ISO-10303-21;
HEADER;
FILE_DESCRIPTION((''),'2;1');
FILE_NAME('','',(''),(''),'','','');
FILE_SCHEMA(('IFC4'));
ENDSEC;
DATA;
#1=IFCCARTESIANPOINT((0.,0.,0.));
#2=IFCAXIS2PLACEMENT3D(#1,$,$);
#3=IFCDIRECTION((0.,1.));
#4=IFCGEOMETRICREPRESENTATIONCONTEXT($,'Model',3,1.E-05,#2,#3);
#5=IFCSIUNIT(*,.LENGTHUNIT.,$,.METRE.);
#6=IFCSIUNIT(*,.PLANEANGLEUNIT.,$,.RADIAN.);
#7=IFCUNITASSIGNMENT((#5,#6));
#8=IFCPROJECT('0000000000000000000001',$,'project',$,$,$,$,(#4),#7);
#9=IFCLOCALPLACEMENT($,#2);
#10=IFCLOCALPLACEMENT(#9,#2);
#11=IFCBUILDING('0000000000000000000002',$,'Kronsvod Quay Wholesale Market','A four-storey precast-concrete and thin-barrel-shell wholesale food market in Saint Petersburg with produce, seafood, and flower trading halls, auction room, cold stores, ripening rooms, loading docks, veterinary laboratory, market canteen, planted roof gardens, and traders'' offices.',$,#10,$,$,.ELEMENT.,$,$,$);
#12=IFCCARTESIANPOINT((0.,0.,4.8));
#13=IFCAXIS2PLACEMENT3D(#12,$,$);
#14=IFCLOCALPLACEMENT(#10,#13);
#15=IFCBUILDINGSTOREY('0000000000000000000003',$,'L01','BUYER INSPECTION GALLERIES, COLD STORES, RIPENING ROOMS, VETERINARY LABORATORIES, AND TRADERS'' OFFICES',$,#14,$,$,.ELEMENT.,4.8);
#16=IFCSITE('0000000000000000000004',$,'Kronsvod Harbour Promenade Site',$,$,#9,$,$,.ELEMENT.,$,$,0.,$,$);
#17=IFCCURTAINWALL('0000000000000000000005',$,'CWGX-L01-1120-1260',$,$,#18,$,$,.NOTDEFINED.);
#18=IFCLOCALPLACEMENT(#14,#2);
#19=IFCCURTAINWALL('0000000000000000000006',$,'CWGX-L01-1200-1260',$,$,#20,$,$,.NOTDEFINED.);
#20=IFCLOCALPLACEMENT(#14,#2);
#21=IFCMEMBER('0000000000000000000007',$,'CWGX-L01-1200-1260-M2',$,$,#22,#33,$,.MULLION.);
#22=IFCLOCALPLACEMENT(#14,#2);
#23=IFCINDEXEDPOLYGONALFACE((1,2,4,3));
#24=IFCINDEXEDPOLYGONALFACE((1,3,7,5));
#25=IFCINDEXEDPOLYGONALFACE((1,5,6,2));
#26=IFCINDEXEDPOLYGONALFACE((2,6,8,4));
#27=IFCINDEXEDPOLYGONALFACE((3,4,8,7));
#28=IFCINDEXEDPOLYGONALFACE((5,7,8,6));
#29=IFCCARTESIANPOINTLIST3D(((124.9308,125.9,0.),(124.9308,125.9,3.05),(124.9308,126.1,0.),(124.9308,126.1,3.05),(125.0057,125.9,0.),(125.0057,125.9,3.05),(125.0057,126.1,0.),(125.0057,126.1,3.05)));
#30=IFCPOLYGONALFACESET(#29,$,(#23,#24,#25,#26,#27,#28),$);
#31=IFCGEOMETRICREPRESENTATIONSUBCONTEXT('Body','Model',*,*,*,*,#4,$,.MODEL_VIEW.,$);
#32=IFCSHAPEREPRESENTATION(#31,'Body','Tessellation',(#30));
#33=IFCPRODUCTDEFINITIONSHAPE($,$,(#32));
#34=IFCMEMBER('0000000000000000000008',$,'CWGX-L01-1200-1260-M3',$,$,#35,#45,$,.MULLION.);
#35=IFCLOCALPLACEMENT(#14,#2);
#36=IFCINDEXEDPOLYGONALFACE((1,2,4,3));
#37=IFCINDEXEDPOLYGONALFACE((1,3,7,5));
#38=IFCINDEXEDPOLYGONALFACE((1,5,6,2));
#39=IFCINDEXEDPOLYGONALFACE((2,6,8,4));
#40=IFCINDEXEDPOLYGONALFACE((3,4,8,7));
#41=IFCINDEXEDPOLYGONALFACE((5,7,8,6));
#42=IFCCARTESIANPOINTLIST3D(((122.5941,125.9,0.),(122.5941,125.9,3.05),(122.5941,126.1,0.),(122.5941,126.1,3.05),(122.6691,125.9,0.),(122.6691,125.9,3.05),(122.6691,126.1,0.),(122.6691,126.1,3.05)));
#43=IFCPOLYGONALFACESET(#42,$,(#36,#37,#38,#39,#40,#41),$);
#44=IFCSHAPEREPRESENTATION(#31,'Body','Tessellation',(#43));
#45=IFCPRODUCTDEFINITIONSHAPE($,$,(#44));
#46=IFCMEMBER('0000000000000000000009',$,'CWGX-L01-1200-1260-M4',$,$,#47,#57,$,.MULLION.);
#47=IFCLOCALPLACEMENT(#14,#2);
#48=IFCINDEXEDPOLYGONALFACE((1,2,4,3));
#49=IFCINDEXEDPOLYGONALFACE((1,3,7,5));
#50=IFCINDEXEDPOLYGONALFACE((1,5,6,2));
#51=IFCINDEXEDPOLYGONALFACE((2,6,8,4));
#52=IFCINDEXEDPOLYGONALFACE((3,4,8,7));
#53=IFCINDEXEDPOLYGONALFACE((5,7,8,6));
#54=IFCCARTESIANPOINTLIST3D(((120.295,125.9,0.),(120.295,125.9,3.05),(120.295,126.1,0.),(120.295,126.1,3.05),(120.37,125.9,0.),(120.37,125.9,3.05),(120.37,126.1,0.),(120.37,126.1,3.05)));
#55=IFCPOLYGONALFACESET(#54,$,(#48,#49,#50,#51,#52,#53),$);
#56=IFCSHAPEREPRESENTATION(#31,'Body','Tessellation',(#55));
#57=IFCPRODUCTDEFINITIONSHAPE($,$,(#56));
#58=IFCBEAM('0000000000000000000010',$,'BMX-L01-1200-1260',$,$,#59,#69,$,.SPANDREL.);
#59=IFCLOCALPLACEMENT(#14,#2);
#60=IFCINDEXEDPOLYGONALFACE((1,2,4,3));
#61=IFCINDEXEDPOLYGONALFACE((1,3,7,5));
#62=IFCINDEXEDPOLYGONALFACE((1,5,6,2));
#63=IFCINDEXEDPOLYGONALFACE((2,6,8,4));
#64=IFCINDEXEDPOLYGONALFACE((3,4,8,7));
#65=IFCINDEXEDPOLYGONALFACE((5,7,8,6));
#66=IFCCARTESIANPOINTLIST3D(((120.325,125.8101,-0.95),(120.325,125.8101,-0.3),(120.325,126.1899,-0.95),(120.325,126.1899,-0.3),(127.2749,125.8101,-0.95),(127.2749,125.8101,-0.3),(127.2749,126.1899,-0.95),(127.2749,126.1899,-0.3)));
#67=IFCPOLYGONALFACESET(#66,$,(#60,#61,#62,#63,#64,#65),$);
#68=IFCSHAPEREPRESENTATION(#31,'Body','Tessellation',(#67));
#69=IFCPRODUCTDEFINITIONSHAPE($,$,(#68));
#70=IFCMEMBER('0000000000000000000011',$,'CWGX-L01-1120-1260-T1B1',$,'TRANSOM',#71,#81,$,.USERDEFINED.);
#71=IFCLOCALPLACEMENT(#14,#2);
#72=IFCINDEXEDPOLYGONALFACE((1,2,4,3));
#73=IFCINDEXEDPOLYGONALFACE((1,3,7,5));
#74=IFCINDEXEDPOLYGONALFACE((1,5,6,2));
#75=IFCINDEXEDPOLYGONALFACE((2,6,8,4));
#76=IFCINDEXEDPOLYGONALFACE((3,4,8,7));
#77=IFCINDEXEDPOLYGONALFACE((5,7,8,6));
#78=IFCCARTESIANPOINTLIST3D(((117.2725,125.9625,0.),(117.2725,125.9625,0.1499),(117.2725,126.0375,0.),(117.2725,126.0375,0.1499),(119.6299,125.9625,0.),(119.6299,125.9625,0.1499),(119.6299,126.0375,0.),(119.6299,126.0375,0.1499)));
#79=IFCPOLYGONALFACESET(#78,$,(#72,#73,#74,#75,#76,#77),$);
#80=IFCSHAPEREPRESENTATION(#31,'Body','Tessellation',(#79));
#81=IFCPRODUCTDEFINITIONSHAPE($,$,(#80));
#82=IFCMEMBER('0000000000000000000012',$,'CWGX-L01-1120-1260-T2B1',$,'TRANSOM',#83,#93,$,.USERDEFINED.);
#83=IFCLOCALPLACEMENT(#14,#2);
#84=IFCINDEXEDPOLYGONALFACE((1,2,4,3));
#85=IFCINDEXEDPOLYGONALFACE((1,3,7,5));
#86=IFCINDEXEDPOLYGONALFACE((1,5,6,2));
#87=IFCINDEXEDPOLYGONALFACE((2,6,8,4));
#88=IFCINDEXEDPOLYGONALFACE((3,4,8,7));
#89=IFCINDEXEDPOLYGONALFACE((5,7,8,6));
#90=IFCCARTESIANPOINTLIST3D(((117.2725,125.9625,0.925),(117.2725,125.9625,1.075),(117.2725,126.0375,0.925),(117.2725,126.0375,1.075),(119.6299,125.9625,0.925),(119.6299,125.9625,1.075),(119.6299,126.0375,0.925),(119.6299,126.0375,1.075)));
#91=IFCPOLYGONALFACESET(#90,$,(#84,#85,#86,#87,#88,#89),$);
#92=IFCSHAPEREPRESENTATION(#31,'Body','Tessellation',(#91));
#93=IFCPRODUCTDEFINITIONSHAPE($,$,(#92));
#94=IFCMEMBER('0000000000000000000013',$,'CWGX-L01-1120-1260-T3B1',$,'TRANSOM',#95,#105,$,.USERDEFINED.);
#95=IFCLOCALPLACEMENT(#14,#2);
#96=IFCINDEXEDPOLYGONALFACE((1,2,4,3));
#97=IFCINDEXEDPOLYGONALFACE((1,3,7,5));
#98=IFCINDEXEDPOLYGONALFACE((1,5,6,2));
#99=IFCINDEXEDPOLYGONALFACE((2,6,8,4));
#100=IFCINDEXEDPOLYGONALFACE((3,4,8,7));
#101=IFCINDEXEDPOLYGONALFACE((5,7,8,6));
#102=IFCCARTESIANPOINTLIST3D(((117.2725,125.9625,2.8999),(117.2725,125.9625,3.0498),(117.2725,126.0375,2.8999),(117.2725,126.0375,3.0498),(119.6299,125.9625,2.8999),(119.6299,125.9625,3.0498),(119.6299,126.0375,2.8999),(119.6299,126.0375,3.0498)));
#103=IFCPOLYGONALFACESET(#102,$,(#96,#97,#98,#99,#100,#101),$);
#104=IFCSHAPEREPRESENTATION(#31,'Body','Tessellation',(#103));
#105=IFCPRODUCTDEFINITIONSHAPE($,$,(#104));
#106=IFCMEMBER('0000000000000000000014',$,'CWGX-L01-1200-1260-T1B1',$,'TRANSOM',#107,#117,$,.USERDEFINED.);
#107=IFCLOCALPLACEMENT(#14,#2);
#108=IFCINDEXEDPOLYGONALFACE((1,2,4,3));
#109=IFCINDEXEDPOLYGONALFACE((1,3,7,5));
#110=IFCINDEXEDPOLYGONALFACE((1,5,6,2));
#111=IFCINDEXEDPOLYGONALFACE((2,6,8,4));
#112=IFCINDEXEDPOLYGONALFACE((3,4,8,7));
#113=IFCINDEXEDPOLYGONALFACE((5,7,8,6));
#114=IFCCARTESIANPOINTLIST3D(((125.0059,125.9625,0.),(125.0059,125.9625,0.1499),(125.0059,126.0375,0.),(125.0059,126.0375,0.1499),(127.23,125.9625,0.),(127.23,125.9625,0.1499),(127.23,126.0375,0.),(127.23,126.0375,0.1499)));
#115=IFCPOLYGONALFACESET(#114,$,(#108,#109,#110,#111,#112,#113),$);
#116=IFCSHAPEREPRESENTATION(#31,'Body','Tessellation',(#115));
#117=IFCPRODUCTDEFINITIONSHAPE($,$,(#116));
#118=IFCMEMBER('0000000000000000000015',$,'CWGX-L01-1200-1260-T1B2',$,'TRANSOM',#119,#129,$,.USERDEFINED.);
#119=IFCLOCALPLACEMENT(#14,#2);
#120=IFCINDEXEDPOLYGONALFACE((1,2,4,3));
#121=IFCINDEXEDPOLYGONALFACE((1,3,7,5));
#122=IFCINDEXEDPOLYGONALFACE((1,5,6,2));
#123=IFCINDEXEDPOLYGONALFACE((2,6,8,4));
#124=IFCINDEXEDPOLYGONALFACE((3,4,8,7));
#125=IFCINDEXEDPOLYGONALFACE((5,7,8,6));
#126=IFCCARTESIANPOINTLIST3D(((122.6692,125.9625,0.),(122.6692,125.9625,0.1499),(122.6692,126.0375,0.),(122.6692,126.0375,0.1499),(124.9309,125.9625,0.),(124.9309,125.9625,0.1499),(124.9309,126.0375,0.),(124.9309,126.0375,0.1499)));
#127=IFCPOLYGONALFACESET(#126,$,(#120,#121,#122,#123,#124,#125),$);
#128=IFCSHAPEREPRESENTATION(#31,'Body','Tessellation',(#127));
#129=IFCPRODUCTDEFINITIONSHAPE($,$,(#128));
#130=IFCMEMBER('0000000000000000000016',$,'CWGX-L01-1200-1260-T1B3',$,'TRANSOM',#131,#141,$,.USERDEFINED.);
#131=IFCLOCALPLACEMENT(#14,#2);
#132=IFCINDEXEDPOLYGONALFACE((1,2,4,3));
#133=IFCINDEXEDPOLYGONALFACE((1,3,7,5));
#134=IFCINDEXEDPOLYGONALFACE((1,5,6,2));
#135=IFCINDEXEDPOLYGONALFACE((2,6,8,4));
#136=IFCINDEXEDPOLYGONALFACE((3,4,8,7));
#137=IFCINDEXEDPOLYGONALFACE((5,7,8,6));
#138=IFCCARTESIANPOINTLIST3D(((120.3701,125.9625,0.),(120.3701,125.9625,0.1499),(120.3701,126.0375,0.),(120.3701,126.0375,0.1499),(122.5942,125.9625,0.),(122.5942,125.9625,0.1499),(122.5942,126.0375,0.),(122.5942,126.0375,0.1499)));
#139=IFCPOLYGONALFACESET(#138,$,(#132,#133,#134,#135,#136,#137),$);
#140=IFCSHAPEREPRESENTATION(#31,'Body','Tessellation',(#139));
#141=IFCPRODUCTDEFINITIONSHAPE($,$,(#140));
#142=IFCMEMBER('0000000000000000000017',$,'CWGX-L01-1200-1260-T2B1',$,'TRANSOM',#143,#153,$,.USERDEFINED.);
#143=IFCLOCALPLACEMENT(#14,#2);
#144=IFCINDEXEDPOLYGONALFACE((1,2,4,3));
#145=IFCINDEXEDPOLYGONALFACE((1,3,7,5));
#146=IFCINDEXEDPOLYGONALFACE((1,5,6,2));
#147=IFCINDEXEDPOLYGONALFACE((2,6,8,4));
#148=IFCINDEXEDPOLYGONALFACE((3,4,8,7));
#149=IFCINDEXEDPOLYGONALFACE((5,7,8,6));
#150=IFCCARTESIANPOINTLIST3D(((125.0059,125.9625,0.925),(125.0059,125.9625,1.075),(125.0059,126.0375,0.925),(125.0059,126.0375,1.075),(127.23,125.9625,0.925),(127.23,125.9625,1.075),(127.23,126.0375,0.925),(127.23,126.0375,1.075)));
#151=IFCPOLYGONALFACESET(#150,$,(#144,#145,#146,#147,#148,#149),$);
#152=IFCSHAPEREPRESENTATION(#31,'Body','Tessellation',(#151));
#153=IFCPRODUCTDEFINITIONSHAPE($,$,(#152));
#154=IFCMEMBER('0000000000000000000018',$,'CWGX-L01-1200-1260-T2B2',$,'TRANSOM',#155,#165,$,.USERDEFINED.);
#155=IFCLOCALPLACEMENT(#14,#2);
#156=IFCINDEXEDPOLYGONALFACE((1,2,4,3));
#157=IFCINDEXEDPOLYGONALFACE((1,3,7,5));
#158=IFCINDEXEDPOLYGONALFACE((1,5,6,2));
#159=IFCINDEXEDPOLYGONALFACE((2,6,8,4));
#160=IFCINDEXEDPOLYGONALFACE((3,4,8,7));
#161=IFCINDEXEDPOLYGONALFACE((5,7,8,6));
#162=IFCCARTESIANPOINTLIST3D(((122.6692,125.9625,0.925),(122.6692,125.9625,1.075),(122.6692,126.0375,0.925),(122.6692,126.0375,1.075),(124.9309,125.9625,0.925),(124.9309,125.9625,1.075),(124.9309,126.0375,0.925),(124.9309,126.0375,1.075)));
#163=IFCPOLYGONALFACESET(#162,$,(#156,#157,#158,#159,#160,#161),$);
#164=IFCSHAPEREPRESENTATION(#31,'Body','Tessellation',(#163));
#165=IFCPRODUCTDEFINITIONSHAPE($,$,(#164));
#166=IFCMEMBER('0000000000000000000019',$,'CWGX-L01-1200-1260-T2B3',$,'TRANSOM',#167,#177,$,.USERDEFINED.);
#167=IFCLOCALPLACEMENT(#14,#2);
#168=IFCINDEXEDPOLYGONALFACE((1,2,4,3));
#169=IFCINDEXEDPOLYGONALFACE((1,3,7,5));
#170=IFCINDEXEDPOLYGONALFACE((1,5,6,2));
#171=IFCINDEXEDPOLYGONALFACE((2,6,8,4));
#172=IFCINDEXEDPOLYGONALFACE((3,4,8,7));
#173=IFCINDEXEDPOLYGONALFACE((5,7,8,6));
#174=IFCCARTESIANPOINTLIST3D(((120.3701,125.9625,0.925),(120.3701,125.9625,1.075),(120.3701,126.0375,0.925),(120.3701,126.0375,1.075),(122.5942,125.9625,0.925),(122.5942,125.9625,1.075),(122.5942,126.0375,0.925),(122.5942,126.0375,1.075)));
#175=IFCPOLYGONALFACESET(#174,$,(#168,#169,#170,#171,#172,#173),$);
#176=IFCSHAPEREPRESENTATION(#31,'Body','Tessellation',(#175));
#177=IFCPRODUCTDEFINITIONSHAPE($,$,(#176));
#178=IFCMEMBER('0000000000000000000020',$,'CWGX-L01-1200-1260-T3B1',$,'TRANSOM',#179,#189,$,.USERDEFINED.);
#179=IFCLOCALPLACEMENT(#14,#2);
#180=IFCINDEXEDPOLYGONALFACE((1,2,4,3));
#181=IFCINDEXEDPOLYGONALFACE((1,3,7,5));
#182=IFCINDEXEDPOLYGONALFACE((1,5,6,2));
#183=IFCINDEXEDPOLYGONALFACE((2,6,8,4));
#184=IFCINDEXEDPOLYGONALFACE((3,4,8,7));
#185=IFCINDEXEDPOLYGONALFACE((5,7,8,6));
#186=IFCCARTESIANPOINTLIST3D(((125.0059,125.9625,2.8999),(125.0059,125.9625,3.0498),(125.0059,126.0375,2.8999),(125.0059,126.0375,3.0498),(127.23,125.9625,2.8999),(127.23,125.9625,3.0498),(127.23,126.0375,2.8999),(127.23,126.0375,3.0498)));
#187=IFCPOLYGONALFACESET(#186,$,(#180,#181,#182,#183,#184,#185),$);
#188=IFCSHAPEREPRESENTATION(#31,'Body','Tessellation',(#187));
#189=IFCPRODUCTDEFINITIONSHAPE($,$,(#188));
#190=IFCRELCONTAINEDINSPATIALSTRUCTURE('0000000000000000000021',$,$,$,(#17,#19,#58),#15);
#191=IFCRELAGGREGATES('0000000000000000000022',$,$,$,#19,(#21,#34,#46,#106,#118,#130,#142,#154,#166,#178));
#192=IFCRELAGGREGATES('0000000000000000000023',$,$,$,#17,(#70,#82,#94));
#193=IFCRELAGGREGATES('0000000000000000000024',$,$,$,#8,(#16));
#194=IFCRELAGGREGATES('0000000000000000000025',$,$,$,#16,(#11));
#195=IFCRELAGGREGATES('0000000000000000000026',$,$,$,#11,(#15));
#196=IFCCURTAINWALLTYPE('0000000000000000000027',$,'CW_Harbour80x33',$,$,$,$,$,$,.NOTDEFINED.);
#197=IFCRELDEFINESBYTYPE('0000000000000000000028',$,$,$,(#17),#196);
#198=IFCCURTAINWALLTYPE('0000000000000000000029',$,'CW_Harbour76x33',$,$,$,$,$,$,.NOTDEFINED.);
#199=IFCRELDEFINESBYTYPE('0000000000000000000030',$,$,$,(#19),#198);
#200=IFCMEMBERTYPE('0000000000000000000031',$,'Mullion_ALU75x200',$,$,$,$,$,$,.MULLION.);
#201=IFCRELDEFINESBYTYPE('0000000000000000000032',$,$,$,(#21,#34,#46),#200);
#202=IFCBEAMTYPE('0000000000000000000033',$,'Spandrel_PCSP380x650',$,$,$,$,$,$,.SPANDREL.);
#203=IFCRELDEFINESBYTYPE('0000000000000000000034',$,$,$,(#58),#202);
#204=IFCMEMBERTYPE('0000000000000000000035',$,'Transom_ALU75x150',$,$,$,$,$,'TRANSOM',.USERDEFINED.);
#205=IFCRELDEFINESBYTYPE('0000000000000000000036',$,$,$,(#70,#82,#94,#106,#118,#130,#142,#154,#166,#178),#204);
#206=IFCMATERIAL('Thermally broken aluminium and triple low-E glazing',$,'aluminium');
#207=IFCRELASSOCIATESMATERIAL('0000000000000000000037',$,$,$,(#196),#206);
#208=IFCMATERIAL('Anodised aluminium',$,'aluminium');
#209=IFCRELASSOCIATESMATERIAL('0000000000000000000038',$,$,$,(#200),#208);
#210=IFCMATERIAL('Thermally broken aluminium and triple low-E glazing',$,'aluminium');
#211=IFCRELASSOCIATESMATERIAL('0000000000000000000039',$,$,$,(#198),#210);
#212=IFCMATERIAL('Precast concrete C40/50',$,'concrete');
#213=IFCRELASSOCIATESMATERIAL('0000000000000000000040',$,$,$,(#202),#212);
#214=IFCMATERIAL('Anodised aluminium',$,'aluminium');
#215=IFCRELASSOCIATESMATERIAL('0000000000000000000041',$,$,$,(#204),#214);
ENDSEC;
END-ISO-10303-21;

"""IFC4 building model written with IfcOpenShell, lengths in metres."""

from ifc_helpers import new_model, si_unit, direction, frame, origin, origin_2d, place, context, subcontext, project, spatial, rectangle, extrude, material, material_profile, profile_set, type_object, element, aggregate, save


model = new_model("IFC4")

# Units and contexts
model_context = context("Model", 3, precision=1e-05, world=origin(), true_north=direction((0.0, 1.0)))
body_context = subcontext(model_context, "Body", "Model", "MODEL_VIEW")
ifc_project = project(units=[si_unit("LENGTHUNIT", "METRE"), si_unit("PLANEANGLEUNIT", "RADIAN")], contexts=[model_context])

# Site, building, storey
site_placement = place(None, origin())
site = spatial("IfcSite", under=ifc_project, at=site_placement, Name="Kronsvod Harbour Promenade Site", CompositionType="ELEMENT", RefElevation=0.0)
building_placement = place(site_placement, origin())
building = spatial("IfcBuilding", under=site, at=building_placement, Name="Kronsvod Quay Wholesale Market", Description="A four-storey precast-concrete and thin-barrel-shell wholesale food market in Saint Petersburg with produce, seafood, and flower trading halls, auction room, cold stores, ripening rooms, loading docks, veterinary laboratory, market canteen, planted roof gardens, and traders' offices.", CompositionType="ELEMENT")
storey_placement = place(building_placement, frame((0.0, 0.0, 4.8)))
storey = spatial("IfcBuildingStorey", under=building, at=storey_placement, Name="L01", Description="BUYER INSPECTION GALLERIES, COLD STORES, RIPENING ROOMS, VETERINARY LABORATORIES, AND TRADERS' OFFICES", CompositionType="ELEMENT", Elevation=4.8)

# Curtain walls, members
ifc_material_1 = material(Name="Thermally broken aluminium and triple low-E glazing", Category="aluminium")
curtain_wall_type_1 = type_object("IfcCurtainWallType", Name="CW_Harbour80x33", PredefinedType="NOTDEFINED", material=ifc_material_1)
curtain_wall_1_placement = place(storey_placement, origin())
curtain_wall_1 = element("IfcCurtainWall", 1, at=curtain_wall_1_placement, inside=storey, type_object=curtain_wall_type_1, Name="CWGX-L01-1120-1260", PredefinedType="NOTDEFINED")
ifc_material_2 = material(Name="Anodised aluminium", Category="aluminium")
ifc_material_profile_1 = material_profile(ifc_material_2, rectangle(XDim=0.075, YDim=0.2, at=origin_2d()), Name="ALUM75x200")
ifc_profile_set_1 = profile_set([ifc_material_profile_1], Name="Anodised aluminium")
member_type_1 = type_object("IfcMemberType", Name="Mullion_ALU75x200", PredefinedType="MULLION", material=ifc_profile_set_1)
ifc_material_3 = material(Name="Thermally broken aluminium and triple low-E glazing", Category="aluminium")
curtain_wall_type_2 = type_object("IfcCurtainWallType", Name="CW_Harbour76x33", PredefinedType="NOTDEFINED", material=ifc_material_3)
curtain_wall_2_placement = place(storey_placement, origin())
curtain_wall_2 = element("IfcCurtainWall", 2, at=curtain_wall_2_placement, inside=storey, type_object=curtain_wall_type_2, Name="CWGX-L01-1200-1260", PredefinedType="NOTDEFINED")
member_1_placement = place(storey_placement, frame((124.9683, 126.0, 0.0), z_axis=(0.0, 0.0, 1.0), x_axis=(1.0, 0.0, 0.0)))
member_1 = element("IfcMember", 3, at=member_1_placement, type_object=member_type_1, Name="CWGX-L01-1200-1260-M2", PredefinedType="MULLION", context=body_context, shape_type="SweptSolid", body=[
    extrude(rectangle(XDim=0.075, YDim=0.2, at=origin_2d()), origin(), (0.0, 0.0, 1.0), 3.05),
])
member_2_placement = place(storey_placement, frame((122.6316, 126.0, 0.0), z_axis=(0.0, 0.0, 1.0), x_axis=(1.0, 0.0, 0.0)))
member_2 = element("IfcMember", 4, at=member_2_placement, type_object=member_type_1, Name="CWGX-L01-1200-1260-M3", PredefinedType="MULLION", context=body_context, shape_type="SweptSolid", body=[
    extrude(rectangle(XDim=0.075, YDim=0.2, at=origin_2d()), origin(), (0.0, 0.0, 1.0), 3.05),
])
member_3_placement = place(storey_placement, frame((120.3325, 126.0, 0.0), z_axis=(0.0, 0.0, 1.0), x_axis=(1.0, 0.0, 0.0)))
member_3 = element("IfcMember", 5, at=member_3_placement, type_object=member_type_1, Name="CWGX-L01-1200-1260-M4", PredefinedType="MULLION", context=body_context, shape_type="SweptSolid", body=[
    extrude(rectangle(XDim=0.075, YDim=0.2, at=origin_2d()), origin(), (0.0, 0.0, 1.0), 3.05),
])

# Beam
ifc_material_4 = material(Name="Precast concrete C40/50", Category="concrete")
ifc_material_profile_2 = material_profile(ifc_material_4, rectangle(XDim=0.3799, YDim=0.6499, at=origin_2d()), Name="SPB-03")
ifc_profile_set_2 = profile_set([ifc_material_profile_2], Name="Precast concrete C40/50")
beam_type_1 = type_object("IfcBeamType", Name="Spandrel_PCSP380x650", PredefinedType="SPANDREL", material=ifc_profile_set_2)
beam_1_placement = place(storey_placement, frame((120.325, 126.0, -0.625), z_axis=(1.0, 0.0, 0.0), x_axis=(0.0, 1.0, 0.0)))
element("IfcBeam", 6, at=beam_1_placement, inside=storey, type_object=beam_type_1, Name="BMX-L01-1200-1260", PredefinedType="SPANDREL", context=body_context, shape_type="SweptSolid", body=[
    extrude(rectangle(XDim=0.3799, YDim=0.6499, at=origin_2d()), origin(), (0.0, 0.0, 1.0), 6.95),
])

# Members
ifc_material_5 = material(Name="Anodised aluminium", Category="aluminium")
ifc_material_profile_3 = material_profile(ifc_material_5, rectangle(XDim=0.075, YDim=0.1499, at=origin_2d()), Name="ALUT75x150")
ifc_profile_set_3 = profile_set([ifc_material_profile_3], Name="Anodised aluminium")
member_type_2 = type_object("IfcMemberType", Name="Transom_ALU75x150", ElementType="TRANSOM", PredefinedType="USERDEFINED", material=ifc_profile_set_3)
member_4_placement = place(storey_placement, frame((119.6299, 126.0, 0.075), z_axis=(-1.0, 0.0, 0.0), x_axis=(0.0, -1.0, 0.0)))
member_4 = element("IfcMember", 7, at=member_4_placement, type_object=member_type_2, Name="CWGX-L01-1120-1260-T1B1", ObjectType="TRANSOM", PredefinedType="USERDEFINED", context=body_context, shape_type="SweptSolid", body=[
    extrude(rectangle(XDim=0.075, YDim=0.1499, at=origin_2d()), origin(), (0.0, 0.0, 1.0), 2.3574),
])
member_5_placement = place(storey_placement, frame((119.6299, 126.0, 1.0), z_axis=(-1.0, 0.0, 0.0), x_axis=(0.0, -1.0, 0.0)))
member_5 = element("IfcMember", 8, at=member_5_placement, type_object=member_type_2, Name="CWGX-L01-1120-1260-T2B1", ObjectType="TRANSOM", PredefinedType="USERDEFINED", context=body_context, shape_type="SweptSolid", body=[
    extrude(rectangle(XDim=0.075, YDim=0.1499, at=origin_2d()), origin(), (0.0, 0.0, 1.0), 2.3574),
])
member_6_placement = place(storey_placement, frame((119.6299, 126.0, 2.9749), z_axis=(-1.0, 0.0, 0.0), x_axis=(0.0, -1.0, 0.0)))
member_6 = element("IfcMember", 9, at=member_6_placement, type_object=member_type_2, Name="CWGX-L01-1120-1260-T3B1", ObjectType="TRANSOM", PredefinedType="USERDEFINED", context=body_context, shape_type="SweptSolid", body=[
    extrude(rectangle(XDim=0.075, YDim=0.1499, at=origin_2d()), origin(), (0.0, 0.0, 1.0), 2.3574),
])
member_7_placement = place(storey_placement, frame((127.23, 126.0, 0.075), z_axis=(-1.0, 0.0, 0.0), x_axis=(0.0, -1.0, 0.0)))
member_7 = element("IfcMember", 10, at=member_7_placement, type_object=member_type_2, Name="CWGX-L01-1200-1260-T1B1", ObjectType="TRANSOM", PredefinedType="USERDEFINED", context=body_context, shape_type="SweptSolid", body=[
    extrude(rectangle(XDim=0.075, YDim=0.1499, at=origin_2d()), origin(), (0.0, 0.0, 1.0), 2.2241),
])
member_8_placement = place(storey_placement, frame((124.9309, 126.0, 0.075), z_axis=(-1.0, 0.0, 0.0), x_axis=(0.0, -1.0, 0.0)))
member_8 = element("IfcMember", 11, at=member_8_placement, type_object=member_type_2, Name="CWGX-L01-1200-1260-T1B2", ObjectType="TRANSOM", PredefinedType="USERDEFINED", context=body_context, shape_type="SweptSolid", body=[
    extrude(rectangle(XDim=0.075, YDim=0.1499, at=origin_2d()), origin(), (0.0, 0.0, 1.0), 2.2617),
])
member_9_placement = place(storey_placement, frame((122.5942, 126.0, 0.075), z_axis=(-1.0, 0.0, 0.0), x_axis=(0.0, -1.0, 0.0)))
member_9 = element("IfcMember", 12, at=member_9_placement, type_object=member_type_2, Name="CWGX-L01-1200-1260-T1B3", ObjectType="TRANSOM", PredefinedType="USERDEFINED", context=body_context, shape_type="SweptSolid", body=[
    extrude(rectangle(XDim=0.075, YDim=0.1499, at=origin_2d()), origin(), (0.0, 0.0, 1.0), 2.2241),
])
member_10_placement = place(storey_placement, frame((127.23, 126.0, 1.0), z_axis=(-1.0, 0.0, 0.0), x_axis=(0.0, -1.0, 0.0)))
member_10 = element("IfcMember", 13, at=member_10_placement, type_object=member_type_2, Name="CWGX-L01-1200-1260-T2B1", ObjectType="TRANSOM", PredefinedType="USERDEFINED", context=body_context, shape_type="SweptSolid", body=[
    extrude(rectangle(XDim=0.075, YDim=0.1499, at=origin_2d()), origin(), (0.0, 0.0, 1.0), 2.2241),
])
member_11_placement = place(storey_placement, frame((124.9309, 126.0, 1.0), z_axis=(-1.0, 0.0, 0.0), x_axis=(0.0, -1.0, 0.0)))
member_11 = element("IfcMember", 14, at=member_11_placement, type_object=member_type_2, Name="CWGX-L01-1200-1260-T2B2", ObjectType="TRANSOM", PredefinedType="USERDEFINED", context=body_context, shape_type="SweptSolid", body=[
    extrude(rectangle(XDim=0.075, YDim=0.1499, at=origin_2d()), origin(), (0.0, 0.0, 1.0), 2.2617),
])
member_12_placement = place(storey_placement, frame((122.5942, 126.0, 1.0), z_axis=(-1.0, 0.0, 0.0), x_axis=(0.0, -1.0, 0.0)))
member_12 = element("IfcMember", 15, at=member_12_placement, type_object=member_type_2, Name="CWGX-L01-1200-1260-T2B3", ObjectType="TRANSOM", PredefinedType="USERDEFINED", context=body_context, shape_type="SweptSolid", body=[
    extrude(rectangle(XDim=0.075, YDim=0.1499, at=origin_2d()), origin(), (0.0, 0.0, 1.0), 2.2241),
])
member_13_placement = place(storey_placement, frame((127.23, 126.0, 2.9749), z_axis=(-1.0, 0.0, 0.0), x_axis=(0.0, -1.0, 0.0)))
member_13 = element("IfcMember", 16, at=member_13_placement, type_object=member_type_2, Name="CWGX-L01-1200-1260-T3B1", ObjectType="TRANSOM", PredefinedType="USERDEFINED", context=body_context, shape_type="SweptSolid", body=[
    extrude(rectangle(XDim=0.075, YDim=0.1499, at=origin_2d()), origin(), (0.0, 0.0, 1.0), 2.2241),
])

aggregate(curtain_wall_2, [member_1, member_2, member_3, member_7, member_8, member_9, member_10, member_11, member_12, member_13])
aggregate(curtain_wall_1, [member_4, member_5, member_6])

save(model, "model.ifc")
